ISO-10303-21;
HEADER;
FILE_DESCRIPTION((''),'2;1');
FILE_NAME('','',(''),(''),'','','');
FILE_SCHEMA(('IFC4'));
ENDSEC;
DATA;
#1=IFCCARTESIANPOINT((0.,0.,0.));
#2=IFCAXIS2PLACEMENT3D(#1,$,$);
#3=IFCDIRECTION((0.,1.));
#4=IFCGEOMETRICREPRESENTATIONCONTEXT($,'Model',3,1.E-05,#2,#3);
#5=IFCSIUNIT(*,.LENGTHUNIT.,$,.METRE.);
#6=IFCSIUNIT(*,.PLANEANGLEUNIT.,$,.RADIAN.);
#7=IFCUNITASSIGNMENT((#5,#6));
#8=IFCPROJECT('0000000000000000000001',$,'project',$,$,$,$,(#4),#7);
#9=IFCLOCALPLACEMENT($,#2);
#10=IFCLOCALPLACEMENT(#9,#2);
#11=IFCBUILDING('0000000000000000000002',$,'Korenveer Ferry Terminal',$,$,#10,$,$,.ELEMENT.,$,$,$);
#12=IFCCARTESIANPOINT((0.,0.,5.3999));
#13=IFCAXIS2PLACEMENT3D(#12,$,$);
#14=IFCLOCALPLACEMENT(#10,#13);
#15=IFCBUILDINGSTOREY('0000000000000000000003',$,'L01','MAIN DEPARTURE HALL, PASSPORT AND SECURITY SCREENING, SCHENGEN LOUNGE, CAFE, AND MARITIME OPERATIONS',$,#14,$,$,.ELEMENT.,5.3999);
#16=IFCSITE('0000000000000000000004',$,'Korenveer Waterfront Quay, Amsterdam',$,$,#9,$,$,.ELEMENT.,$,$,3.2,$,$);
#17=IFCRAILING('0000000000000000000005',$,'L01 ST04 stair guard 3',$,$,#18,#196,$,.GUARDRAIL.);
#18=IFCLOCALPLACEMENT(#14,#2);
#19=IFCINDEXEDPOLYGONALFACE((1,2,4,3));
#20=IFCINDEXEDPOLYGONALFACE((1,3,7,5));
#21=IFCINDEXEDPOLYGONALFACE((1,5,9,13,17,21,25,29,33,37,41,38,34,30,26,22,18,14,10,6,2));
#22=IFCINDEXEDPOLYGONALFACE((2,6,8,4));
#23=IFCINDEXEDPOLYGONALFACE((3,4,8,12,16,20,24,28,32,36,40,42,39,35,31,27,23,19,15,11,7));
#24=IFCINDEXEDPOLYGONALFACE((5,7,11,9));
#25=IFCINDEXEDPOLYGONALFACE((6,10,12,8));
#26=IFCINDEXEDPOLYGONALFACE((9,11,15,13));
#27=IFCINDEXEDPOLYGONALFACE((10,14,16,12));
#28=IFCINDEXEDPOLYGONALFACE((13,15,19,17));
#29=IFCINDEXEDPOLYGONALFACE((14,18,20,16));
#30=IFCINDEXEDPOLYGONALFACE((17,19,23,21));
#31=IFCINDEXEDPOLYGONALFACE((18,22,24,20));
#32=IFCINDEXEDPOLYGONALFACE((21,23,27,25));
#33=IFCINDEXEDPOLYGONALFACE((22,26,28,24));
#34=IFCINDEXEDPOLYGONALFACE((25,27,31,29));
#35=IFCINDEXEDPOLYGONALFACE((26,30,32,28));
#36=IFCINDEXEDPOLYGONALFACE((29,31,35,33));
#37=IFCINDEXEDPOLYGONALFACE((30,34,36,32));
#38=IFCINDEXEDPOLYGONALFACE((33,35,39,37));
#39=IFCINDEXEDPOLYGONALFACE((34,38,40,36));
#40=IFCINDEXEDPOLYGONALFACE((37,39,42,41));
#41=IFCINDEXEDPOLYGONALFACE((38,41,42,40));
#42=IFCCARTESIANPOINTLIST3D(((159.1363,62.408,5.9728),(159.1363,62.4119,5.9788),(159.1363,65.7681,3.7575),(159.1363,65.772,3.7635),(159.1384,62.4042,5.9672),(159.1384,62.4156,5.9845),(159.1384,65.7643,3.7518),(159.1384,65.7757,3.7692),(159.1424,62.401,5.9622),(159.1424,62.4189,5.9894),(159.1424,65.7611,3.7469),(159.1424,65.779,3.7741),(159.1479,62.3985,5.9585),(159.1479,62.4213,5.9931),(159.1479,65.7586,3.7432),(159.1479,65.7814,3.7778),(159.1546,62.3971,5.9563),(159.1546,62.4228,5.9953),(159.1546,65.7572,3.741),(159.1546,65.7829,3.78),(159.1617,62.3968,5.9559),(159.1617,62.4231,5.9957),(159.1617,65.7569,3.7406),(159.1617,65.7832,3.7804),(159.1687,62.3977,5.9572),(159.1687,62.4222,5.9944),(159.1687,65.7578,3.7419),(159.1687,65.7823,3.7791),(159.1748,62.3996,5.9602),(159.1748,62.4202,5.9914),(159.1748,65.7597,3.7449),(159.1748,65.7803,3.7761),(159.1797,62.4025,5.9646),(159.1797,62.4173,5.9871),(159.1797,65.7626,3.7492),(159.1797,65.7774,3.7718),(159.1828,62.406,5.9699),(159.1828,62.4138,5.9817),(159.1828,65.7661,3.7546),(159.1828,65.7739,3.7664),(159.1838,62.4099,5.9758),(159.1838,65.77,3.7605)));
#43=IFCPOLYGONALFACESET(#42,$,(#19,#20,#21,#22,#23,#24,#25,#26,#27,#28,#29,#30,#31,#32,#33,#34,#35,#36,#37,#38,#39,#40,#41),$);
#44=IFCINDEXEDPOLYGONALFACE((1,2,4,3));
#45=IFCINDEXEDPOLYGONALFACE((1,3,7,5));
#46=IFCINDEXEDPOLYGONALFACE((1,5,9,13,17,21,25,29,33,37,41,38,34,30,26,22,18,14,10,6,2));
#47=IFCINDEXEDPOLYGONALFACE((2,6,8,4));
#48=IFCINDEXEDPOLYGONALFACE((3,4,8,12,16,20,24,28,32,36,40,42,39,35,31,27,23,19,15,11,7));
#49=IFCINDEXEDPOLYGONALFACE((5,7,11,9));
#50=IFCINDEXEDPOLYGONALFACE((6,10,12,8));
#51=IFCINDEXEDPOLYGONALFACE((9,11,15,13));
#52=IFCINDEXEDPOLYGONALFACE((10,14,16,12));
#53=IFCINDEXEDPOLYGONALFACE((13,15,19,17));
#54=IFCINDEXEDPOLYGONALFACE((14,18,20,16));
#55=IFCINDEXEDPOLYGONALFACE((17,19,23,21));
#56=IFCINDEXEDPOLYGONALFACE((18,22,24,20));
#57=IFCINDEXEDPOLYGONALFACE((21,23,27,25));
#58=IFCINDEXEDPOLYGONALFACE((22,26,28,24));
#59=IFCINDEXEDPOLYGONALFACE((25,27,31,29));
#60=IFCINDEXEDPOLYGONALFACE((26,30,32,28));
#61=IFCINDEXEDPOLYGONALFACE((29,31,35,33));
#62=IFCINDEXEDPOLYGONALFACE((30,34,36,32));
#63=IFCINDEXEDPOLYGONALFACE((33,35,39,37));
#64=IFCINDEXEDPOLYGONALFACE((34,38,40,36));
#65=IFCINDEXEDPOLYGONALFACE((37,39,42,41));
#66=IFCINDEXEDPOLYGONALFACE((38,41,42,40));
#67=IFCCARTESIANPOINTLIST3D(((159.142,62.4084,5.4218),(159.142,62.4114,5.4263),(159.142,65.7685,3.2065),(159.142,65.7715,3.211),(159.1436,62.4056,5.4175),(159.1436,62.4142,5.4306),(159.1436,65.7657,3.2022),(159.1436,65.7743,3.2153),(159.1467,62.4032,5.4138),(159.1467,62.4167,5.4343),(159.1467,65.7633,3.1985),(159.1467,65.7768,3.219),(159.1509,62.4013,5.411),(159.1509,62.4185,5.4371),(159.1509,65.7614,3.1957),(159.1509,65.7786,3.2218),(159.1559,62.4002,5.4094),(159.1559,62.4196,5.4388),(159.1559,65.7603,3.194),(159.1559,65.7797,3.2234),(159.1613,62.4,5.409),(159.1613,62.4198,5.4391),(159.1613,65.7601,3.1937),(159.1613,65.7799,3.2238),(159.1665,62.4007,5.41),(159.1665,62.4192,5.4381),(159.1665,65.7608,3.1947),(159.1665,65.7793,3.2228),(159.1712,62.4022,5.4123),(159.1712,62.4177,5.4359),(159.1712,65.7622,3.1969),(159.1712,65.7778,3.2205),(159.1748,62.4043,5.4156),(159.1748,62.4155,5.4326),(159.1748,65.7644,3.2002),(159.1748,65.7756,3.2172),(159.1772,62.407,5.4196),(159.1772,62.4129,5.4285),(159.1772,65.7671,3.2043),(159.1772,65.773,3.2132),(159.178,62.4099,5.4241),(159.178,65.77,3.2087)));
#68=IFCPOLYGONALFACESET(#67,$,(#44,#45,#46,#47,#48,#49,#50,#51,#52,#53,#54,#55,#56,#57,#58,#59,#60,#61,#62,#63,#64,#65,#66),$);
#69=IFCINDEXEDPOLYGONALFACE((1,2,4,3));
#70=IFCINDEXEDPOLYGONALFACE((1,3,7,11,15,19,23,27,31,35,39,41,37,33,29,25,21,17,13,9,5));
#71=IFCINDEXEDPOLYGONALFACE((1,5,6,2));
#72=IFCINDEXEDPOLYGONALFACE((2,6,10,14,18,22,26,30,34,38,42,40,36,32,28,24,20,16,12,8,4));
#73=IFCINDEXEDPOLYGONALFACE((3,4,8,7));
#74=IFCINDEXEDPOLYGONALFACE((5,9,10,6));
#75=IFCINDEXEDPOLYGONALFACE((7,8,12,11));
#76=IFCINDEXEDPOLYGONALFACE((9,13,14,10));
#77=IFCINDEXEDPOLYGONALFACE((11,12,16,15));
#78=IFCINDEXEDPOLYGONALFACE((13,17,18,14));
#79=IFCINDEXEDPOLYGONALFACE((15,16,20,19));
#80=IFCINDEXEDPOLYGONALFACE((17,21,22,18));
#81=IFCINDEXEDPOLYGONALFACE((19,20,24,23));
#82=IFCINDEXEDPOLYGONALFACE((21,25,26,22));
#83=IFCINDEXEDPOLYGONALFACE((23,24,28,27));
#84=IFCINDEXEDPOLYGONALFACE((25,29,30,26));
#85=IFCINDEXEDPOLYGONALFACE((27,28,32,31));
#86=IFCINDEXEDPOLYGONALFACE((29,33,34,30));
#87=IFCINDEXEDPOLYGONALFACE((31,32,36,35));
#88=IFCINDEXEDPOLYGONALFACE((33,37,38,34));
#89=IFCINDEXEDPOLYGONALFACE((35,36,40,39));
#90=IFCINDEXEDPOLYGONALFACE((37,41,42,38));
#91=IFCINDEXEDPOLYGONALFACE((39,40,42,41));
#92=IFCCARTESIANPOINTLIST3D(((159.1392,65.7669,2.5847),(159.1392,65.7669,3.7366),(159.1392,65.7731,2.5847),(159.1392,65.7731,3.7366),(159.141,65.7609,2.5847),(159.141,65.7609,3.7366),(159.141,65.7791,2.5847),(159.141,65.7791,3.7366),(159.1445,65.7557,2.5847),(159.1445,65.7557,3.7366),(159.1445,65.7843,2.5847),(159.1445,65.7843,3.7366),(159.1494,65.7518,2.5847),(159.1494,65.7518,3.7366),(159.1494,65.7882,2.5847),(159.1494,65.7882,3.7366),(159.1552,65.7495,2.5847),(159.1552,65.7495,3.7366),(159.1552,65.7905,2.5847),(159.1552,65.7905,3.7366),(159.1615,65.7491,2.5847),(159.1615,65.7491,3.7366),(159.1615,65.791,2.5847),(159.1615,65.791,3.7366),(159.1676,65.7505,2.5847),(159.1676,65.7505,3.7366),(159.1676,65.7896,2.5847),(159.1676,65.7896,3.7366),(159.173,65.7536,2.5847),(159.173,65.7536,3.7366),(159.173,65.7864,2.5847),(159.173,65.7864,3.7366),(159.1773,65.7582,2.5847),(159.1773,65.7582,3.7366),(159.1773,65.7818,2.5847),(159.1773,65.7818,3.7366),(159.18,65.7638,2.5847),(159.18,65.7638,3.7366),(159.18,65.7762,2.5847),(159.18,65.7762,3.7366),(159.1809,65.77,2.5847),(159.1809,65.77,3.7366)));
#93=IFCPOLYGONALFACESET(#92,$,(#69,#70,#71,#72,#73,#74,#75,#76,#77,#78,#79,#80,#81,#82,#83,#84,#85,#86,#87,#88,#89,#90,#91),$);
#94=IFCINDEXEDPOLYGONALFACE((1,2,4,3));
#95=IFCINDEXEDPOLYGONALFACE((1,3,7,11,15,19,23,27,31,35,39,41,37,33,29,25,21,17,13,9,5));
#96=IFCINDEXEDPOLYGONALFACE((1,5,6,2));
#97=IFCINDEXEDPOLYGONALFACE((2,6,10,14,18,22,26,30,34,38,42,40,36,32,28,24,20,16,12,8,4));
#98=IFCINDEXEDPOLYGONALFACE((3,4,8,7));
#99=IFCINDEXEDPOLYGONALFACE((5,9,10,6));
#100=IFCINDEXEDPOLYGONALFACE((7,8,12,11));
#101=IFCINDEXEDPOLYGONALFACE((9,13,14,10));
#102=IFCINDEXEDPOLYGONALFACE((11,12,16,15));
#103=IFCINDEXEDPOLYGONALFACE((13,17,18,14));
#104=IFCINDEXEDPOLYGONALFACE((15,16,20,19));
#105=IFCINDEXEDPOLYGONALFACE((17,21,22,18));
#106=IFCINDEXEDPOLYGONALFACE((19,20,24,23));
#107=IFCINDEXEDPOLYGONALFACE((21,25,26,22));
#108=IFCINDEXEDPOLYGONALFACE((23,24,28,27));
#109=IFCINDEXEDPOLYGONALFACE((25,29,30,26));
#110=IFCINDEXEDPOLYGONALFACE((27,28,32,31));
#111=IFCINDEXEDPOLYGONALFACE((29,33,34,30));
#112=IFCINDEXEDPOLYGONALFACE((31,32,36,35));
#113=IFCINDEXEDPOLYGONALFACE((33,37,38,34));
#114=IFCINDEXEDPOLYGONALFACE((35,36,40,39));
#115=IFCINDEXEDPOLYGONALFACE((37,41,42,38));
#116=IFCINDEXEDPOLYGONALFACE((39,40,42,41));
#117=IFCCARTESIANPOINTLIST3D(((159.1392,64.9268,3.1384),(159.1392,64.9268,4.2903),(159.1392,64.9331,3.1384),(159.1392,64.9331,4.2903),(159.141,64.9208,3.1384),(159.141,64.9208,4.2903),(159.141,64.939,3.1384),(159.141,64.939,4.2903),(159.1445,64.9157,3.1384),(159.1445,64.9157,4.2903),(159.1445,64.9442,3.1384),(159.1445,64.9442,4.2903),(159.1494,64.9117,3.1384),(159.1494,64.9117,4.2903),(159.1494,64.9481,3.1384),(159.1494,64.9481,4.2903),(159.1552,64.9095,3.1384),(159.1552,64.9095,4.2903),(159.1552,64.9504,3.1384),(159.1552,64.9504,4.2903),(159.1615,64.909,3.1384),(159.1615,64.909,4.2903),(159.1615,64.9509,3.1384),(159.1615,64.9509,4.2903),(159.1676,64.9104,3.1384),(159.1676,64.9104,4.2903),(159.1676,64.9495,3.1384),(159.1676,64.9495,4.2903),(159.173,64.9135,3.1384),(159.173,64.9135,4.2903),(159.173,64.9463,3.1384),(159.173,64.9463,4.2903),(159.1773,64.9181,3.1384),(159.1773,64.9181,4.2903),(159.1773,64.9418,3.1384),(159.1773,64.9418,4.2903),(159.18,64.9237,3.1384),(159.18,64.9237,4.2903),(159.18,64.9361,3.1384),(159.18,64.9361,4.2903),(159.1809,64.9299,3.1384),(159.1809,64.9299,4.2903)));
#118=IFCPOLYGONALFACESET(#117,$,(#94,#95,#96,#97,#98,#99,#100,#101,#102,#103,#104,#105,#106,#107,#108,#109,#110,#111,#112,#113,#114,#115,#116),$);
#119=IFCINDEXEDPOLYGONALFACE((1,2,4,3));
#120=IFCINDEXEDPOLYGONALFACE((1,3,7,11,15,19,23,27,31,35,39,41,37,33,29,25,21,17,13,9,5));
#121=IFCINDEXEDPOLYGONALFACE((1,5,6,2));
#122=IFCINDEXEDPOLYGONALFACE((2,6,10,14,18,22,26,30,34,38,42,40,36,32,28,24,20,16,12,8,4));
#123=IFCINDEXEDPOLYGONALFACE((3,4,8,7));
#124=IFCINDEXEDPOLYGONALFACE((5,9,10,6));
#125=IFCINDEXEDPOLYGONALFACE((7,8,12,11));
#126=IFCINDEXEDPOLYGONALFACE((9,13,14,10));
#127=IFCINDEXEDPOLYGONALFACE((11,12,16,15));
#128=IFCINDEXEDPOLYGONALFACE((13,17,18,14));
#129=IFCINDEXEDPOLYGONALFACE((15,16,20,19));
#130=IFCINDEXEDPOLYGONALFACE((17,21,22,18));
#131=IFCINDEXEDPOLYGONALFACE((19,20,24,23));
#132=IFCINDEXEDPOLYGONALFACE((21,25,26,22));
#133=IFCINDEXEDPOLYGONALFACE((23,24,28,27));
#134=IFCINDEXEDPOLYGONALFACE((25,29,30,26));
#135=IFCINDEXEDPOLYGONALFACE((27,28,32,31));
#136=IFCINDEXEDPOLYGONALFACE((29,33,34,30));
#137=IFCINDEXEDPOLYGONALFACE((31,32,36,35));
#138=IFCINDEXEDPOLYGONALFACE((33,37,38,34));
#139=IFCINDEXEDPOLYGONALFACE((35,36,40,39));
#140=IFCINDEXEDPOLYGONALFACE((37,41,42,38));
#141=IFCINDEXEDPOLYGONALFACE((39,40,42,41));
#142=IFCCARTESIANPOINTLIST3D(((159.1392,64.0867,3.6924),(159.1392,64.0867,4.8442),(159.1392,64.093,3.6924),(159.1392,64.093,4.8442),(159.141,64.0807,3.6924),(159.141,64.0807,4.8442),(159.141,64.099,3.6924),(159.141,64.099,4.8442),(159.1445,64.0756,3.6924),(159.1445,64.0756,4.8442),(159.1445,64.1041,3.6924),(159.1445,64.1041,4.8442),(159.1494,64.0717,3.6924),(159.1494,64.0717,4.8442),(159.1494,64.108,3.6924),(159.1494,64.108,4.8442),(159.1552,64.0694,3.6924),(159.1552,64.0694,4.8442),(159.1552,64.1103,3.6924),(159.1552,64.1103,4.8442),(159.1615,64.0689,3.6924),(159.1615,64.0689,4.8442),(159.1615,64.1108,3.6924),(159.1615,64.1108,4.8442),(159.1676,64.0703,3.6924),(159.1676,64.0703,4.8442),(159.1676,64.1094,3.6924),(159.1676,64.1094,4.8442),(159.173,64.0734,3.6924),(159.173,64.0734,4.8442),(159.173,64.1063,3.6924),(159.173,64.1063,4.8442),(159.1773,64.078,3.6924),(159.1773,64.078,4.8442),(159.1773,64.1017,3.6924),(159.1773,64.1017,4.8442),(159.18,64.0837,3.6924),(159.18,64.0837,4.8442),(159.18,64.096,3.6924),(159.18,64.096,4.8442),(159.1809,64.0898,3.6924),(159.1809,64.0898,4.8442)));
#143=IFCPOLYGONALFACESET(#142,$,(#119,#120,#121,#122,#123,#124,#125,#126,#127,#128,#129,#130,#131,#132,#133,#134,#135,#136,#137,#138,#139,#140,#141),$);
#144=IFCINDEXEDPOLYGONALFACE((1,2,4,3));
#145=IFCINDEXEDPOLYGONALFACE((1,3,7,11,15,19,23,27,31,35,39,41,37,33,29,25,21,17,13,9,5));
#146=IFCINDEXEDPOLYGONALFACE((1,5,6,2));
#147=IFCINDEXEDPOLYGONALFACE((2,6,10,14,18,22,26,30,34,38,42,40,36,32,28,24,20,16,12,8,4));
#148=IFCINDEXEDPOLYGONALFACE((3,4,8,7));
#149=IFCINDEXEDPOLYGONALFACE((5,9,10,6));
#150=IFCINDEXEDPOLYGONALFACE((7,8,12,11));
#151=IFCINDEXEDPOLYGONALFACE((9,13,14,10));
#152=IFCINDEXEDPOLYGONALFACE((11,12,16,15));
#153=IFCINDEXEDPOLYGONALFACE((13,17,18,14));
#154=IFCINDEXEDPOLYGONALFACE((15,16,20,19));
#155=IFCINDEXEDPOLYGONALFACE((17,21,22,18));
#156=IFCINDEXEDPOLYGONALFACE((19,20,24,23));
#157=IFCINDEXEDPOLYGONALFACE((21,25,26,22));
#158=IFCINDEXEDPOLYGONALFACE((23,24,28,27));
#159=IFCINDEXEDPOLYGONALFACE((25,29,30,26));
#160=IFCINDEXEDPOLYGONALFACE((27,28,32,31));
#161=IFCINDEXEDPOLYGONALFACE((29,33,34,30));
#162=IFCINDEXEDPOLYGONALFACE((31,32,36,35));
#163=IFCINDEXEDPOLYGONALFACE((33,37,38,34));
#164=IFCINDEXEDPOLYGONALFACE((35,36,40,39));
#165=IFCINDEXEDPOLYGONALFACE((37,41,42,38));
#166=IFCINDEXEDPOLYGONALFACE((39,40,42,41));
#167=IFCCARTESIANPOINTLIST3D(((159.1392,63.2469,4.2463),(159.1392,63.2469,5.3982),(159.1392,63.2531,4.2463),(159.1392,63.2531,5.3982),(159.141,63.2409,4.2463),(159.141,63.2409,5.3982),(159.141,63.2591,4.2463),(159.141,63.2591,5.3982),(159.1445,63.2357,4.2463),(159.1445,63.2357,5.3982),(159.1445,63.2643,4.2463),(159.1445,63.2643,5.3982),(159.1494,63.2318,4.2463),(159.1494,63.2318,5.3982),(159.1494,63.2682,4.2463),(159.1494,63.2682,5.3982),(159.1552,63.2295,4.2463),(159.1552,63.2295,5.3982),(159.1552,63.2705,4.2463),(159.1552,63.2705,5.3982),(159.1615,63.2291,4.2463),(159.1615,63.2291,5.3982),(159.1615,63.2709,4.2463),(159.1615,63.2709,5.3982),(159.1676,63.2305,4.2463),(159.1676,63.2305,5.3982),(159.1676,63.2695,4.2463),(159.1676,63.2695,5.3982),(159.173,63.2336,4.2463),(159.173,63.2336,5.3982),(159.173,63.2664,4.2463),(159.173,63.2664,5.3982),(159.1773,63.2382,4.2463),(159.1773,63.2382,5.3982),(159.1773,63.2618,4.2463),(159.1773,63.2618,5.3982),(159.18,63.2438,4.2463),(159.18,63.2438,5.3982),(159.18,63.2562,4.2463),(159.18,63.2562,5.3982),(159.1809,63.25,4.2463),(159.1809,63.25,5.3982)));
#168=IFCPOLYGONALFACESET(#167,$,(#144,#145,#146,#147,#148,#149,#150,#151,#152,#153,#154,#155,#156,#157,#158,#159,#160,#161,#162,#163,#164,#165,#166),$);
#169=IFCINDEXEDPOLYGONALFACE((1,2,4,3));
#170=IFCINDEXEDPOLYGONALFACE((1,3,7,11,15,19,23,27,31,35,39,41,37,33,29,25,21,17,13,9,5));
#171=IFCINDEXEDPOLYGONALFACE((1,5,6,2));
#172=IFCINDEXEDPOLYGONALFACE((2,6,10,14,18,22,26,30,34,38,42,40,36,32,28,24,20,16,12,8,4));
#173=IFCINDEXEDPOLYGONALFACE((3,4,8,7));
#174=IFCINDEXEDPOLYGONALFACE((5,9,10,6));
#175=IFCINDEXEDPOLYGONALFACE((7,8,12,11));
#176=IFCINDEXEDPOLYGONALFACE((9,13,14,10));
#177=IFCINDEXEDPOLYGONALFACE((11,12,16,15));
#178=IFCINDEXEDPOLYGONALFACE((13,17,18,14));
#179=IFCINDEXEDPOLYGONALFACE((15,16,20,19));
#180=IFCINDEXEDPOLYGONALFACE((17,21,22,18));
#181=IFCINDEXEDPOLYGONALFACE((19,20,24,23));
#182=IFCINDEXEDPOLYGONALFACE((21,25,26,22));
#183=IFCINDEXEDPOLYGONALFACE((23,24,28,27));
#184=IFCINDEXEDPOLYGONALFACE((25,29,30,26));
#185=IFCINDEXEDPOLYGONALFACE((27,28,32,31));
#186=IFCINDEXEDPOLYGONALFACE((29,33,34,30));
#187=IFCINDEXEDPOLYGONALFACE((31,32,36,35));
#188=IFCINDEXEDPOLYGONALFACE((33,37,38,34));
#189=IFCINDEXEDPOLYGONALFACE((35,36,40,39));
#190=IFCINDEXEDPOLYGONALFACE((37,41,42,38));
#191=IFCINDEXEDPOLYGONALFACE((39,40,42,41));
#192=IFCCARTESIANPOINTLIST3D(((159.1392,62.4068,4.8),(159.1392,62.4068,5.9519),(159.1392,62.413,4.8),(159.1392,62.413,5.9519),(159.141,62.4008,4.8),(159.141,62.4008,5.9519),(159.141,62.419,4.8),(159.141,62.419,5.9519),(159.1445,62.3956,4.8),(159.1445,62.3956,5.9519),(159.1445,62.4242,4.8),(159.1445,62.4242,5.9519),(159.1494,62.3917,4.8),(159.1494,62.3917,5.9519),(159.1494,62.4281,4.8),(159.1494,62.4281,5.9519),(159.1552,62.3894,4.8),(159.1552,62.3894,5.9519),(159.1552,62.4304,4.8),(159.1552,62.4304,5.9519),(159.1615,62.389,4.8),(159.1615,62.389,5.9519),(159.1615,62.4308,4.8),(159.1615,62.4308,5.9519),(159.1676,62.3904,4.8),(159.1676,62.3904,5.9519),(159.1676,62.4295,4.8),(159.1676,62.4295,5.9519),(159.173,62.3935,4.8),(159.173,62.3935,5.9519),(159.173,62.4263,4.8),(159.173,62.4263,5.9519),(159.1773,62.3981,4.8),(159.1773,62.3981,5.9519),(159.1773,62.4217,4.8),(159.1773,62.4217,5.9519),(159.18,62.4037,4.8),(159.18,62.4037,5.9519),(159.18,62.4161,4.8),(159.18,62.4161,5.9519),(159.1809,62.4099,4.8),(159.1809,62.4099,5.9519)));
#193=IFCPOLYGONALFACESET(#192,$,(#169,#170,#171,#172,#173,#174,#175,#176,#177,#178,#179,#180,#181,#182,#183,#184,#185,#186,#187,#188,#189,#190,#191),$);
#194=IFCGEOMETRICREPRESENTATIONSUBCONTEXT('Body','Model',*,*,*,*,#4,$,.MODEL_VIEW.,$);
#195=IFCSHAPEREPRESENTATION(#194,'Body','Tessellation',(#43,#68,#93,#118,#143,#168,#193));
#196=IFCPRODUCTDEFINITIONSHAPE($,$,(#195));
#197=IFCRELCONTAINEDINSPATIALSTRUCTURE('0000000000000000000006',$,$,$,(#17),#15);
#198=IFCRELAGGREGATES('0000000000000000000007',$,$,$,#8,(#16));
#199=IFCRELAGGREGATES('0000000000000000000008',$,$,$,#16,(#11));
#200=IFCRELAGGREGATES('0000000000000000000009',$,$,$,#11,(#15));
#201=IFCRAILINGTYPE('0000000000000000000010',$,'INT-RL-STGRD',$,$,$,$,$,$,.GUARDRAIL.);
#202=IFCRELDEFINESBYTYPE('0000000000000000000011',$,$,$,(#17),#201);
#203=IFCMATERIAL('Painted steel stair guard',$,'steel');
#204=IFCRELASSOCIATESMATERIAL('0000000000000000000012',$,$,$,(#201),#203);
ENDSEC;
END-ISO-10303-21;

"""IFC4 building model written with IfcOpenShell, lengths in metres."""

from ifc_helpers import new_model, si_unit, direction, frame, origin, origin_2d, place, context, subcontext, project, spatial, circle, extrude, material, type_object, element, save


model = new_model("IFC4")

# Units and contexts
model_context = context("Model", 3, precision=1e-05, world=origin(), true_north=direction((0.0, 1.0)))
body_context = subcontext(model_context, "Body", "Model", "MODEL_VIEW")
ifc_project = project(units=[si_unit("LENGTHUNIT", "METRE"), si_unit("PLANEANGLEUNIT", "RADIAN")], contexts=[model_context])

# Site, building, storey
site_placement = place(None, origin())
site = spatial("IfcSite", under=ifc_project, at=site_placement, Name="Korenveer Waterfront Quay, Amsterdam", CompositionType="ELEMENT", RefElevation=3.2)
building_placement = place(site_placement, origin())
building = spatial("IfcBuilding", under=site, at=building_placement, Name="Korenveer Ferry Terminal", CompositionType="ELEMENT")
storey_placement = place(building_placement, frame((0.0, 0.0, 5.3999)))
storey = spatial("IfcBuildingStorey", under=building, at=storey_placement, Name="L01", Description="MAIN DEPARTURE HALL, PASSPORT AND SECURITY SCREENING, SCHENGEN LOUNGE, CAFE, AND MARITIME OPERATIONS", CompositionType="ELEMENT", Elevation=5.3999)

# Railing
ifc_material_1 = material(Name="Painted steel stair guard", Category="steel")
railing_type_1 = type_object("IfcRailingType", Name="INT-RL-STGRD", PredefinedType="GUARDRAIL", material=ifc_material_1)
railing_1_placement = place(storey_placement, frame((159.1599, 65.77, 2.5847)))
element("IfcRailing", 1, at=railing_1_placement, inside=storey, type_object=railing_type_1, Name="L01 ST04 stair guard 3", PredefinedType="GUARDRAIL", context=body_context, shape_type="SweptSolid", body=[
    extrude(circle(Radius=0.0239, at=origin_2d()), frame((0.0, 0.0, 1.1758), z_axis=(0.0, -0.834876, 0.550437), x_axis=(1.0, 0.0, 0.0)), (0.0, 0.0, 1.0), 4.0247),
    extrude(circle(Radius=0.0181, at=origin_2d()), frame((0.0, 0.0, 0.624), z_axis=(0.0, -0.834876, 0.550437), x_axis=(1.0, 0.0, 0.0)), (0.0, 0.0, 1.0), 4.0247),
    extrude(circle(Radius=0.021, at=origin_2d()), origin(), (0.0, 0.0, 1.0), 1.1519),
    extrude(circle(Radius=0.021, at=origin_2d()), frame((0.0, -0.8401, 0.5537)), (0.0, 0.0, 1.0), 1.1519),
    extrude(circle(Radius=0.021, at=origin_2d()), frame((0.0, -1.6802, 1.1077)), (0.0, 0.0, 1.0), 1.1519),
    extrude(circle(Radius=0.021, at=origin_2d()), frame((0.0, -2.52, 1.6616)), (0.0, 0.0, 1.0), 1.1519),
    extrude(circle(Radius=0.021, at=origin_2d()), frame((0.0, -3.3601, 2.2153)), (0.0, 0.0, 1.0), 1.1519),
])

save(model, "model.ifc")
